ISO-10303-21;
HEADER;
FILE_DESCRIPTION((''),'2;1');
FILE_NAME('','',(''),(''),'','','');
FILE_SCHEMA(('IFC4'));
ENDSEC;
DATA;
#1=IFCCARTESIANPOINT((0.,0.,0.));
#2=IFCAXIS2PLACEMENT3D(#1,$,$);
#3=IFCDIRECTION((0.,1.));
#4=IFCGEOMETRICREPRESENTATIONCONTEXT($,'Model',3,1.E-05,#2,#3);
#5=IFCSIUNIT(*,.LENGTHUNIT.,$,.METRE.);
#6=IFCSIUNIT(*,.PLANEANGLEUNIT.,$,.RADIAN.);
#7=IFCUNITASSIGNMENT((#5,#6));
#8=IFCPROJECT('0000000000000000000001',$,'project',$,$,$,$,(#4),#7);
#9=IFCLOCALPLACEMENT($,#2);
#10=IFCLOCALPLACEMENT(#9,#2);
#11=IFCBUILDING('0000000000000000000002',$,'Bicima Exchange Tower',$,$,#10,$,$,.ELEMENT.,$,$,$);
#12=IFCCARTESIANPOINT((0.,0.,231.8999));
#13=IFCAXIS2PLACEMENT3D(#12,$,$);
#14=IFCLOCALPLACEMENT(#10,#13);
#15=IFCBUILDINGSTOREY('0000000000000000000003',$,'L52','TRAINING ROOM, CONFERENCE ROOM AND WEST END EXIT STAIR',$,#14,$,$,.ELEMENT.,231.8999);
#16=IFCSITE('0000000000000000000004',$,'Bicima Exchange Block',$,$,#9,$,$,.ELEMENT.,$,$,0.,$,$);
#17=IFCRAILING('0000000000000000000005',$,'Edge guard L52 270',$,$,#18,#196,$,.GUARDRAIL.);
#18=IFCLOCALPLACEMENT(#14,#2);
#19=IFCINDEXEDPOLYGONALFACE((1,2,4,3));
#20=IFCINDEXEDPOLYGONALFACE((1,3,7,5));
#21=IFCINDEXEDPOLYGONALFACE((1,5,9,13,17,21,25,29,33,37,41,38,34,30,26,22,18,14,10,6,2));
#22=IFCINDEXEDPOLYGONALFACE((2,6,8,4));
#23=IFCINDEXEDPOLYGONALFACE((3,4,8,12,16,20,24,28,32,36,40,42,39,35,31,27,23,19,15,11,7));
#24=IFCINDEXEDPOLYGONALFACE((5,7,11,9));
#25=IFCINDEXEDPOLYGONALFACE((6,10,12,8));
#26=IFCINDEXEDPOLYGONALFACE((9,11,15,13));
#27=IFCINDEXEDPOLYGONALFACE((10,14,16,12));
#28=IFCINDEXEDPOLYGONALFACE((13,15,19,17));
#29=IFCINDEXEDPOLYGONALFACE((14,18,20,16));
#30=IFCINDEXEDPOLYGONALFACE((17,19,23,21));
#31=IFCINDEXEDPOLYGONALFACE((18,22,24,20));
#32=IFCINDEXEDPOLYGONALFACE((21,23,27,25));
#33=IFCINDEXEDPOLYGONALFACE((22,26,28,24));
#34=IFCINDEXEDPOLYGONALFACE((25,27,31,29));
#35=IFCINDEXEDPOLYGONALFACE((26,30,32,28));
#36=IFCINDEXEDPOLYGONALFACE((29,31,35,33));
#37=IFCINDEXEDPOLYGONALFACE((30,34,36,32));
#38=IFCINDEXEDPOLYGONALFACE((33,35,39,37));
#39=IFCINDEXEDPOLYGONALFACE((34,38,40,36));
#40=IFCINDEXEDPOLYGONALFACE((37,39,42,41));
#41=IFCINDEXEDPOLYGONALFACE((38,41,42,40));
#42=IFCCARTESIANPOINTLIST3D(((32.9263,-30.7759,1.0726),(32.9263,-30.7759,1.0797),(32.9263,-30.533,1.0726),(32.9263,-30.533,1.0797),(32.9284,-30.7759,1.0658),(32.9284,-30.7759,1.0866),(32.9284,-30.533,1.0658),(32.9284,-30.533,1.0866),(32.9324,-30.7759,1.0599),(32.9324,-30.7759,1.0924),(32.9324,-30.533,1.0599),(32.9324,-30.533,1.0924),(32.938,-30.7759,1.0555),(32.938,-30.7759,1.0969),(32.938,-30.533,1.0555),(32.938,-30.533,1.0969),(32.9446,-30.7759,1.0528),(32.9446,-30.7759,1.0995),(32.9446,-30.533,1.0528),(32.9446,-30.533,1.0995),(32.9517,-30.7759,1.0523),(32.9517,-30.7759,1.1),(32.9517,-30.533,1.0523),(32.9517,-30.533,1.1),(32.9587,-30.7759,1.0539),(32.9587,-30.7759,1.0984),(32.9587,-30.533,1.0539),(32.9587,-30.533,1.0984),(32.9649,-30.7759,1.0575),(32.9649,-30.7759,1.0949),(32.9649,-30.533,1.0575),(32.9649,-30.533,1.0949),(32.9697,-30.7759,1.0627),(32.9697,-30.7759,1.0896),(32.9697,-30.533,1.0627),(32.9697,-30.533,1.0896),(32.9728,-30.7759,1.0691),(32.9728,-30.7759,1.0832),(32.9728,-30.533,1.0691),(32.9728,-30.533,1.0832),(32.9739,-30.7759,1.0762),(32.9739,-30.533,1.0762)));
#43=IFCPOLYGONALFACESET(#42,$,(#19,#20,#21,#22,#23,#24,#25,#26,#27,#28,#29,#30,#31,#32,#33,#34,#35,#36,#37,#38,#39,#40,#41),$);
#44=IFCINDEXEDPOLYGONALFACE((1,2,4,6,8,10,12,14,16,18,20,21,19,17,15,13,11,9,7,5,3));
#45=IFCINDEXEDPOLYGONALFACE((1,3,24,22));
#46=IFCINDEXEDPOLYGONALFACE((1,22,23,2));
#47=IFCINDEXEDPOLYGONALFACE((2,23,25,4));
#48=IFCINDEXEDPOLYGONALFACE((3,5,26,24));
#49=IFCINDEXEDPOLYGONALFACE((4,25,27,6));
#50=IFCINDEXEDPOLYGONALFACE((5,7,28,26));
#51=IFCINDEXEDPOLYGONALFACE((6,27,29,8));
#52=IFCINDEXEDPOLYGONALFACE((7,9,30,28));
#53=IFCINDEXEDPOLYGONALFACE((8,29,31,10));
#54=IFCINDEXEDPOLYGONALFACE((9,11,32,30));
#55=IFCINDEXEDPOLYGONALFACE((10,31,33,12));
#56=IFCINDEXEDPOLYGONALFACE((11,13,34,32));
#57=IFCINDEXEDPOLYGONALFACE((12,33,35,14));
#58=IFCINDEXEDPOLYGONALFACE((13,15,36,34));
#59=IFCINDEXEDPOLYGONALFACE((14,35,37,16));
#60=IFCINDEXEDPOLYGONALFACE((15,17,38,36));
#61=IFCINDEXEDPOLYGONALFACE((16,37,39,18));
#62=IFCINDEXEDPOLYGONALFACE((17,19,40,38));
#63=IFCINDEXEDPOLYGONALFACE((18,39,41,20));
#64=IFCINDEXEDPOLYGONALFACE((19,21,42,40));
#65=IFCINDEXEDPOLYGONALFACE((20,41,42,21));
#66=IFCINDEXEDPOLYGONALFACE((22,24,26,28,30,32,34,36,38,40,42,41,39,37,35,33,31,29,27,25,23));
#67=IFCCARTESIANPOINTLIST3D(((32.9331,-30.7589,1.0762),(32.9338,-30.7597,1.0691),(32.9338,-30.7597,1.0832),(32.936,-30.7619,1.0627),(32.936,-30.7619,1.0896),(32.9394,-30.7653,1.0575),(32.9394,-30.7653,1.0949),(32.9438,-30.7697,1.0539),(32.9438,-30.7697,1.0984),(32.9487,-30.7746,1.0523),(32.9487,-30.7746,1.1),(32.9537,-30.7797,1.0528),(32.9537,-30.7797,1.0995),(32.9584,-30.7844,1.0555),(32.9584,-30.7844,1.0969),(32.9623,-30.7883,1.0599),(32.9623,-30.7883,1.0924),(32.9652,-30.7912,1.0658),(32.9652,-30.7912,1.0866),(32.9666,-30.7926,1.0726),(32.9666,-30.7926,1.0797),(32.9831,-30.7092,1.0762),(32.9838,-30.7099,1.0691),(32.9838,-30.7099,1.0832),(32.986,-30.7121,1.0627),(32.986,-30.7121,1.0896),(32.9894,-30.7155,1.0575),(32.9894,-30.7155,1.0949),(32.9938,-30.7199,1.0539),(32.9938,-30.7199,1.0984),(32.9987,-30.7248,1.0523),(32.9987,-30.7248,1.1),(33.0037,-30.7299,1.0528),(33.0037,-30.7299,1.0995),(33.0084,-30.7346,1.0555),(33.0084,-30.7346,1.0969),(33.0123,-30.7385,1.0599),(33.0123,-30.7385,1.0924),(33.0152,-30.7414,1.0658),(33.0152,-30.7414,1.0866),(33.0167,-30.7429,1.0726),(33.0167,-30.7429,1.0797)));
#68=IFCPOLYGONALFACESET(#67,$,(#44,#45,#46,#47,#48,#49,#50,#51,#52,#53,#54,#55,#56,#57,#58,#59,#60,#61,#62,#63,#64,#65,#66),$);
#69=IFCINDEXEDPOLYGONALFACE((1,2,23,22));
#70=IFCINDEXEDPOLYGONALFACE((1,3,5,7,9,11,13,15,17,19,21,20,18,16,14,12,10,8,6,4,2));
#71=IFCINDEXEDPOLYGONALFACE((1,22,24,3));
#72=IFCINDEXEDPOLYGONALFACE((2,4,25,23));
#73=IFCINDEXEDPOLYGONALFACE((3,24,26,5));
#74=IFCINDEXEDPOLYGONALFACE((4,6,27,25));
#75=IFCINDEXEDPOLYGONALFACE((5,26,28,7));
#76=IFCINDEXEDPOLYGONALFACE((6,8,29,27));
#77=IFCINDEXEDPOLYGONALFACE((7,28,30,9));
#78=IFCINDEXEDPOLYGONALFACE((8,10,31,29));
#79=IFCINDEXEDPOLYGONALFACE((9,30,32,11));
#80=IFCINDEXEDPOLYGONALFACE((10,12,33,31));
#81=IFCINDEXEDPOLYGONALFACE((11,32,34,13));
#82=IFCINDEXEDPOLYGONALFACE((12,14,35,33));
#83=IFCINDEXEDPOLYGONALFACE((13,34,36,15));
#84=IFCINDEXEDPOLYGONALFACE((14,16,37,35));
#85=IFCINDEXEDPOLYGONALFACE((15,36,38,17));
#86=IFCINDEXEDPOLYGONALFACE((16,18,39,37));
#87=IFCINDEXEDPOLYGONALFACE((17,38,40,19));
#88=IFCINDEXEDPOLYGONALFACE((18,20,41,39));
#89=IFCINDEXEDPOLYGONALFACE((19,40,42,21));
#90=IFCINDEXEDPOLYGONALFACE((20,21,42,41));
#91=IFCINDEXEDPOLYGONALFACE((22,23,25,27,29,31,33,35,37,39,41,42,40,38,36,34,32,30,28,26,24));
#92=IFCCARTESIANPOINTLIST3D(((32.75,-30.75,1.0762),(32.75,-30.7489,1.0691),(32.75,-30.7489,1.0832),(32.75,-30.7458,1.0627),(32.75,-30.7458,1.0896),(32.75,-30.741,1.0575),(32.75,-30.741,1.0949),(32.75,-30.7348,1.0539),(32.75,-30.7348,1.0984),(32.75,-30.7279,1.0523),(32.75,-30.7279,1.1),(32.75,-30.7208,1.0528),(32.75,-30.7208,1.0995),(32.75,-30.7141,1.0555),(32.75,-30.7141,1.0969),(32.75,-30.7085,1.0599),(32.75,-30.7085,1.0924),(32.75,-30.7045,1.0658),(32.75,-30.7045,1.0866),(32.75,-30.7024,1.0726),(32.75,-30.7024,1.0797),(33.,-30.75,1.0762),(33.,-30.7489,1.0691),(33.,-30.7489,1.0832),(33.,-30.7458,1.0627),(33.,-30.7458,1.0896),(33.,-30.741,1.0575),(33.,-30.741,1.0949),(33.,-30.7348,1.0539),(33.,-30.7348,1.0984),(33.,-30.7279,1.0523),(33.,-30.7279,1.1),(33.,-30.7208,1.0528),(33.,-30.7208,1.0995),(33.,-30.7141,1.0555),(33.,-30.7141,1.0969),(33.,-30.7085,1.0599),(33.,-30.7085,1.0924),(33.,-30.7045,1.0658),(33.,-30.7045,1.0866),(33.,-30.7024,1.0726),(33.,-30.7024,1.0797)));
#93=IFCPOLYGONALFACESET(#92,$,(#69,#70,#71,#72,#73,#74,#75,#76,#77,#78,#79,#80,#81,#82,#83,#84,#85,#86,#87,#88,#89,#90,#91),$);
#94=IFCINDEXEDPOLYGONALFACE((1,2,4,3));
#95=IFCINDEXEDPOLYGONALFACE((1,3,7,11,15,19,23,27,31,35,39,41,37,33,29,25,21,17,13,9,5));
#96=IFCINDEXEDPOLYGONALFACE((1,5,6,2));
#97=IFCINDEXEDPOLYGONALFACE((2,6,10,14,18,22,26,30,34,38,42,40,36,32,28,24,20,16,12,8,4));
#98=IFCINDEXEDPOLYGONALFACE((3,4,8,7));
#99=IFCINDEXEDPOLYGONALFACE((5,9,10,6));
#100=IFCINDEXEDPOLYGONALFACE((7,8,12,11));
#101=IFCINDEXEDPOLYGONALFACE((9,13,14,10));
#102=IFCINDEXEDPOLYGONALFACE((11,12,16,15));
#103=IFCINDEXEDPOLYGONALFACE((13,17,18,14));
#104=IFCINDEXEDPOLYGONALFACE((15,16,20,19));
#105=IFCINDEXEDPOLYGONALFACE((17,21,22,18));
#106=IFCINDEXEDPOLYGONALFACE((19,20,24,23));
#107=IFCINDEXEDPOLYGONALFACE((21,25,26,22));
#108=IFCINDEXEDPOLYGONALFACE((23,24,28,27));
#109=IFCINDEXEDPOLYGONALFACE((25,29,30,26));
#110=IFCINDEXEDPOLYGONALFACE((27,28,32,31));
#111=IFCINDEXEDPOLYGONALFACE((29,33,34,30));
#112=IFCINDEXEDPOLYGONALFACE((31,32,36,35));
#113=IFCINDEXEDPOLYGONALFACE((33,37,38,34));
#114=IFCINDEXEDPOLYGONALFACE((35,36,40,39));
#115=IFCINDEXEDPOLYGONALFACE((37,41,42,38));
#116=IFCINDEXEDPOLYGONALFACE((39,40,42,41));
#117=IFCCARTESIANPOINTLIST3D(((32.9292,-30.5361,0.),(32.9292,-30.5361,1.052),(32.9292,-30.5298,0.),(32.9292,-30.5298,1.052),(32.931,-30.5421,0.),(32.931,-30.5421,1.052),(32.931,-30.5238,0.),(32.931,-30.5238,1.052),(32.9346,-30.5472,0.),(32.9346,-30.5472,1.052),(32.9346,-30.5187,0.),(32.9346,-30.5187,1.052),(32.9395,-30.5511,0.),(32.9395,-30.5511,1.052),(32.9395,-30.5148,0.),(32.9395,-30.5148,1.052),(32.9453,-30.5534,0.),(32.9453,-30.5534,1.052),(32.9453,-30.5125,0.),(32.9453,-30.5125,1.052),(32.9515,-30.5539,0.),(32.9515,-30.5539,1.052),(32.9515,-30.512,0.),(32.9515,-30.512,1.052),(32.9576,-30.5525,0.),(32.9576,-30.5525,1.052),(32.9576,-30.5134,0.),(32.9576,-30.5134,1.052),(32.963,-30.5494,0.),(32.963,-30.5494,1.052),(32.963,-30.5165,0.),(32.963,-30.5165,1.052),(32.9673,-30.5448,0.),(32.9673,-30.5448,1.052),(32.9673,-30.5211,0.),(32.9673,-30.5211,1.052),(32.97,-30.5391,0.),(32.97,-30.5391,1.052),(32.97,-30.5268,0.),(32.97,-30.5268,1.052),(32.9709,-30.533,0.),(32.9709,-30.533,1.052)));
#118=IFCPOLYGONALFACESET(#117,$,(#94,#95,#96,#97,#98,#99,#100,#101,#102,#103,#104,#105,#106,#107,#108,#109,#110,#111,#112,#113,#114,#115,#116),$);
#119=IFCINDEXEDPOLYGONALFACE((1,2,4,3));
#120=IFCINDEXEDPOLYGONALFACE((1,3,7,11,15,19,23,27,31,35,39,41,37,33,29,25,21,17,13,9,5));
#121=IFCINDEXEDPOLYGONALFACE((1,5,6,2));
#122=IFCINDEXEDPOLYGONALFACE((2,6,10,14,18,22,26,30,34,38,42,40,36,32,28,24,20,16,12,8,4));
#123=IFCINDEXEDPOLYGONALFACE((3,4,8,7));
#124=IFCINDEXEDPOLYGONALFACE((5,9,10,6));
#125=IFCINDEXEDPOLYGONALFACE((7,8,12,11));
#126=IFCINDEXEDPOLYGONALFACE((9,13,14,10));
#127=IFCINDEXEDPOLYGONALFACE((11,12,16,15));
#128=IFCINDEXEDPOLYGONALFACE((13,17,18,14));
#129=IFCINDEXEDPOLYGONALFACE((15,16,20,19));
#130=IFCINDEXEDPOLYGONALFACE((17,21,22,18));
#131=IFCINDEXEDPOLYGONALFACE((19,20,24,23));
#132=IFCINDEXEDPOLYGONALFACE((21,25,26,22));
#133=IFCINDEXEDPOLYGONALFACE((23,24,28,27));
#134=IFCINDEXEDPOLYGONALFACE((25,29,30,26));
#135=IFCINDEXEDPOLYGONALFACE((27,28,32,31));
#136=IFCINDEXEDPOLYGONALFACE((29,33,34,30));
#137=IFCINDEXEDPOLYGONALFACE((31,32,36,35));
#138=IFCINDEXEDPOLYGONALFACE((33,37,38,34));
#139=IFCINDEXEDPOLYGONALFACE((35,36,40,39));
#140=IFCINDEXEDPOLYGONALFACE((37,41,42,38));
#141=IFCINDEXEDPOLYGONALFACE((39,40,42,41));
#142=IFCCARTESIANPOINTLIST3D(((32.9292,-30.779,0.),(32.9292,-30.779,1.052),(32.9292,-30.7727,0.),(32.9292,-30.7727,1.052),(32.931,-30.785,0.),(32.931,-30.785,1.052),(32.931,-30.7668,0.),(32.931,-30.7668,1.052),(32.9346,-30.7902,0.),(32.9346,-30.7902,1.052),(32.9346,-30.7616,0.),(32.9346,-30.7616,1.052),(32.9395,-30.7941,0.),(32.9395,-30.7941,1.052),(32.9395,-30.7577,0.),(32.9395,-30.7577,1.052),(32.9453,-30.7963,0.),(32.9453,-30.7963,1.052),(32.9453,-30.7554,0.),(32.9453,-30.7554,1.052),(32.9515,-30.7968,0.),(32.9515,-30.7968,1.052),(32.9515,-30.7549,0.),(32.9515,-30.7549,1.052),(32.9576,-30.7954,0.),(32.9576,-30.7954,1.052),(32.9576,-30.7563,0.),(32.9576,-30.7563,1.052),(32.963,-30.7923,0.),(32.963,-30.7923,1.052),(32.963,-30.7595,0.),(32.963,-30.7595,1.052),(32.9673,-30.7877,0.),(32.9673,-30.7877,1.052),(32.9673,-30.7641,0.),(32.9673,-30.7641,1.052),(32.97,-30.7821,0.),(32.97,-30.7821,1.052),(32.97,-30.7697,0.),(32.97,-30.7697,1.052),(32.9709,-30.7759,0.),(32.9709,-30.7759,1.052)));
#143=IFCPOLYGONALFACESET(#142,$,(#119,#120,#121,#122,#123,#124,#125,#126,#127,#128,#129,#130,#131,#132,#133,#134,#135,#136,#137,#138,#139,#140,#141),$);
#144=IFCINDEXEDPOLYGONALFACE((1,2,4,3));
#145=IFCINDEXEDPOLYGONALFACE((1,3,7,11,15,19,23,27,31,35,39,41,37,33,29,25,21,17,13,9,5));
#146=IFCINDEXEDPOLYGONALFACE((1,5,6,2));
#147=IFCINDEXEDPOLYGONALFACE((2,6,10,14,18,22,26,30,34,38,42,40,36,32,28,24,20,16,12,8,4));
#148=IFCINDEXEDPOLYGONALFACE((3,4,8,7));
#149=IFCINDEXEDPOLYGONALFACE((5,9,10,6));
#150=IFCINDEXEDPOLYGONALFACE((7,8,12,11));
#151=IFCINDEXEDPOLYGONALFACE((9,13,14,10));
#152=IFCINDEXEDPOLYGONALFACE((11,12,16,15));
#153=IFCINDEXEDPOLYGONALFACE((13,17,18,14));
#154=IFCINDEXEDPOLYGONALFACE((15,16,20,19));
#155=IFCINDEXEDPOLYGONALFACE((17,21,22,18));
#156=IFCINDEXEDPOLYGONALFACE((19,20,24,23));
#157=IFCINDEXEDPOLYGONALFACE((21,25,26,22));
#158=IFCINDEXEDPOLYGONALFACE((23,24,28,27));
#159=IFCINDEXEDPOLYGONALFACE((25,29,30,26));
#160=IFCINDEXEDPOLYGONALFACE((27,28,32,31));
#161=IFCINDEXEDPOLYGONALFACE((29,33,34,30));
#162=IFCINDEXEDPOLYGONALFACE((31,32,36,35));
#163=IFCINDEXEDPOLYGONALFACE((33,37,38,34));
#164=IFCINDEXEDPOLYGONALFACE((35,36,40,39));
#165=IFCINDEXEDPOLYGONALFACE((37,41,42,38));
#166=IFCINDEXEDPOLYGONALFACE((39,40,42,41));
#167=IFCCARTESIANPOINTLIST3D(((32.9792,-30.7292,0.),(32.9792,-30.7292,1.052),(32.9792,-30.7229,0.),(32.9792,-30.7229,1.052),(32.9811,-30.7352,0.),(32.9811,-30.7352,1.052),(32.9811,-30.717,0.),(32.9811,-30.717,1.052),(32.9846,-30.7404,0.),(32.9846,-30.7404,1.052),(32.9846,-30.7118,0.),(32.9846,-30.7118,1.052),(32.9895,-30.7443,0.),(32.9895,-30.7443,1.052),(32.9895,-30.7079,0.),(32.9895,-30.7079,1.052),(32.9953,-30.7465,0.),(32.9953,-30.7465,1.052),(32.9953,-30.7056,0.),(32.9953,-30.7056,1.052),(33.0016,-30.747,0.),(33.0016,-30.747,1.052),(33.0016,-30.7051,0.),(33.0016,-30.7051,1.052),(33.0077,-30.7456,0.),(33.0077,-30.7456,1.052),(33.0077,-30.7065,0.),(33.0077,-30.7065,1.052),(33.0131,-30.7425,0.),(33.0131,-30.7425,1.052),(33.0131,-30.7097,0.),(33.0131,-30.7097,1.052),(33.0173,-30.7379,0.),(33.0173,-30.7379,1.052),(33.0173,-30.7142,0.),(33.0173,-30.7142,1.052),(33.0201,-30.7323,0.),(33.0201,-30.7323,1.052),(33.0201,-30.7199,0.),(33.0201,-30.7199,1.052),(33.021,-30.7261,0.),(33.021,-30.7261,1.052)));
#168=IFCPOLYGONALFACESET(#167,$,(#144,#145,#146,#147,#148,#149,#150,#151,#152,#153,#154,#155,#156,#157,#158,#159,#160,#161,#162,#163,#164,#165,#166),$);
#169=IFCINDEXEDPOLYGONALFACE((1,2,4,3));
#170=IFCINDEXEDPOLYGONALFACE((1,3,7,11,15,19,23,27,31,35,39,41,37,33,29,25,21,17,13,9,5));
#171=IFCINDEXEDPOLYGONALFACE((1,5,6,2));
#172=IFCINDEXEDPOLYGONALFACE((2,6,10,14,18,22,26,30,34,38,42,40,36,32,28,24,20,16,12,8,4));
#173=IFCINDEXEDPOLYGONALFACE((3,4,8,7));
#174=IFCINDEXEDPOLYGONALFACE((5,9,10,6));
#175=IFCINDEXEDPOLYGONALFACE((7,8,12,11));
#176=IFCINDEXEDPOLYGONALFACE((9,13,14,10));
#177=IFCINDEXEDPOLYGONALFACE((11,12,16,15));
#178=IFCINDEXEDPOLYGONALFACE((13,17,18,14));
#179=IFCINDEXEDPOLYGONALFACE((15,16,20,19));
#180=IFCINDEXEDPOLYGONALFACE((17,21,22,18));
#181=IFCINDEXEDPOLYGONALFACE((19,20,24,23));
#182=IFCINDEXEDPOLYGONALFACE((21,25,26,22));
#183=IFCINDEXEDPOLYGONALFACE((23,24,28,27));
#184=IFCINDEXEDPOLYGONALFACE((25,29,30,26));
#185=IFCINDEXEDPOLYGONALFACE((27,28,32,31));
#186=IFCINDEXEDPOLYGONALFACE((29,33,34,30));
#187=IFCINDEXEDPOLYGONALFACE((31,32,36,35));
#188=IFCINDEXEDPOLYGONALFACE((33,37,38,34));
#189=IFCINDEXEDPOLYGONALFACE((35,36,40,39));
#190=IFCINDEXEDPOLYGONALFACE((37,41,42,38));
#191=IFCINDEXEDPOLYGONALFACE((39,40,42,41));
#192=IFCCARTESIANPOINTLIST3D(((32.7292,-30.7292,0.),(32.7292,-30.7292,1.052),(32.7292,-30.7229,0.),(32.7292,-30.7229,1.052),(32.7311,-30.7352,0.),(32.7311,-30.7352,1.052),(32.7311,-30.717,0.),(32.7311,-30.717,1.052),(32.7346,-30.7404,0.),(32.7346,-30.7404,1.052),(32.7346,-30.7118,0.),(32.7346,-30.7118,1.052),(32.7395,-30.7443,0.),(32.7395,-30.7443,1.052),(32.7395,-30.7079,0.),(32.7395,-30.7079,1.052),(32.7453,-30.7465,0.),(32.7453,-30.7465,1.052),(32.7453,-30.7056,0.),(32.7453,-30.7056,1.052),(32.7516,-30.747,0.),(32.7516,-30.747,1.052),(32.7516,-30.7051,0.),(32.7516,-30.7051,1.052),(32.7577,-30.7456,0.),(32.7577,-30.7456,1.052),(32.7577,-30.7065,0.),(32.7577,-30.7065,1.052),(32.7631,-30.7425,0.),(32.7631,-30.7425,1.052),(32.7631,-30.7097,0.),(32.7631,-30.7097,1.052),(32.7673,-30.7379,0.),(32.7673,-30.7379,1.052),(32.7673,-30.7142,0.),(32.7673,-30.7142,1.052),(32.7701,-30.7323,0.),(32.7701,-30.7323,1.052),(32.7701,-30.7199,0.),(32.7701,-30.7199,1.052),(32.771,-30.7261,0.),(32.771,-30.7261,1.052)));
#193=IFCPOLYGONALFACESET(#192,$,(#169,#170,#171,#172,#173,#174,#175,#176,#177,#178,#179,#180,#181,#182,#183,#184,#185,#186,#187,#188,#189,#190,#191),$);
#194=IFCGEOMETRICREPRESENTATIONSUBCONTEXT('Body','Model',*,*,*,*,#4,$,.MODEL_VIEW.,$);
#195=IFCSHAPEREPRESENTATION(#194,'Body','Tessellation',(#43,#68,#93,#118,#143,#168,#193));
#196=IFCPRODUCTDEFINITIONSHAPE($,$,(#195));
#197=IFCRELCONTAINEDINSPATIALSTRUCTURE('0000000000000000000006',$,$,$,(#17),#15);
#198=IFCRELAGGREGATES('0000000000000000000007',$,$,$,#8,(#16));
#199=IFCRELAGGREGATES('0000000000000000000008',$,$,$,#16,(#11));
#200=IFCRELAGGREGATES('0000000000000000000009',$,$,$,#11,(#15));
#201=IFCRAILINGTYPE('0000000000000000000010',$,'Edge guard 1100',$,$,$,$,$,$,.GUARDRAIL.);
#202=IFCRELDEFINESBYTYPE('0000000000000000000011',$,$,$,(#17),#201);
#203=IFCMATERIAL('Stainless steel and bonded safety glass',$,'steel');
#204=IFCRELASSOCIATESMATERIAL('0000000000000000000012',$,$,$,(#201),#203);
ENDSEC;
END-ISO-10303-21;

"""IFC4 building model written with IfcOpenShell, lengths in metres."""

from ifc_helpers import new_model, si_unit, direction, frame, origin, origin_2d, place, context, subcontext, project, spatial, circle, extrude, material, type_object, element, save


model = new_model("IFC4")

# Units and contexts
model_context = context("Model", 3, precision=1e-05, world=origin(), true_north=direction((0.0, 1.0)))
body_context = subcontext(model_context, "Body", "Model", "MODEL_VIEW")
ifc_project = project(units=[si_unit("LENGTHUNIT", "METRE"), si_unit("PLANEANGLEUNIT", "RADIAN")], contexts=[model_context])

# Site, building, storey
site_placement = place(None, origin())
site = spatial("IfcSite", under=ifc_project, at=site_placement, Name="Bicima Exchange Block", CompositionType="ELEMENT", RefElevation=0.0)
building_placement = place(site_placement, origin())
building = spatial("IfcBuilding", under=site, at=building_placement, Name="Bicima Exchange Tower", CompositionType="ELEMENT")
storey_placement = place(building_placement, frame((0.0, 0.0, 231.8999)))
storey = spatial("IfcBuildingStorey", under=building, at=storey_placement, Name="L52", Description="TRAINING ROOM, CONFERENCE ROOM AND WEST END EXIT STAIR", CompositionType="ELEMENT", Elevation=231.8999)

# Railing
ifc_material_1 = material(Name="Stainless steel and bonded safety glass", Category="steel")
railing_type = type_object("IfcRailingType", Name="Edge guard 1100", PredefinedType="GUARDRAIL", material=ifc_material_1)
railing_1_placement = place(storey_placement, frame((32.95, -30.533, 0.0)))
element("IfcRailing", 1, at=railing_1_placement, inside=storey, type_object=railing_type, Name="Edge guard L52 270", PredefinedType="GUARDRAIL", context=body_context, shape_type="SweptSolid", body=[
    extrude(circle(Radius=0.0239, at=origin_2d()), frame((0.0, 0.0, 1.0762), z_axis=(0.0, -1.0, 0.0), x_axis=(1.0, 0.0, 0.0)), (0.0, 0.0, 1.0), 0.2429),
    extrude(circle(Radius=0.0239, at=origin_2d()), frame((0.0, -0.2429, 1.0762), z_axis=(0.708834, 0.705376, 0.0), x_axis=(-0.705376, 0.708834, 0.0)), (0.0, 0.0, 1.0), 0.0706),
    extrude(circle(Radius=0.0239, at=origin_2d()), frame((0.05, -0.1931, 1.0762), z_axis=(-1.0, 0.0, 0.0), x_axis=(0.0, -1.0, 0.0)), (0.0, 0.0, 1.0), 0.25),
    extrude(circle(Radius=0.021, at=origin_2d()), origin(), (0.0, 0.0, 1.0), 1.052),
    extrude(circle(Radius=0.021, at=origin_2d()), frame((0.0, -0.2429, 0.0)), (0.0, 0.0, 1.0), 1.052),
    extrude(circle(Radius=0.021, at=origin_2d()), frame((0.05, -0.1931, 0.0)), (0.0, 0.0, 1.0), 1.052),
    extrude(circle(Radius=0.021, at=origin_2d()), frame((-0.2, -0.1931, 0.0)), (0.0, 0.0, 1.0), 1.052),
])

save(model, "model.ifc")
